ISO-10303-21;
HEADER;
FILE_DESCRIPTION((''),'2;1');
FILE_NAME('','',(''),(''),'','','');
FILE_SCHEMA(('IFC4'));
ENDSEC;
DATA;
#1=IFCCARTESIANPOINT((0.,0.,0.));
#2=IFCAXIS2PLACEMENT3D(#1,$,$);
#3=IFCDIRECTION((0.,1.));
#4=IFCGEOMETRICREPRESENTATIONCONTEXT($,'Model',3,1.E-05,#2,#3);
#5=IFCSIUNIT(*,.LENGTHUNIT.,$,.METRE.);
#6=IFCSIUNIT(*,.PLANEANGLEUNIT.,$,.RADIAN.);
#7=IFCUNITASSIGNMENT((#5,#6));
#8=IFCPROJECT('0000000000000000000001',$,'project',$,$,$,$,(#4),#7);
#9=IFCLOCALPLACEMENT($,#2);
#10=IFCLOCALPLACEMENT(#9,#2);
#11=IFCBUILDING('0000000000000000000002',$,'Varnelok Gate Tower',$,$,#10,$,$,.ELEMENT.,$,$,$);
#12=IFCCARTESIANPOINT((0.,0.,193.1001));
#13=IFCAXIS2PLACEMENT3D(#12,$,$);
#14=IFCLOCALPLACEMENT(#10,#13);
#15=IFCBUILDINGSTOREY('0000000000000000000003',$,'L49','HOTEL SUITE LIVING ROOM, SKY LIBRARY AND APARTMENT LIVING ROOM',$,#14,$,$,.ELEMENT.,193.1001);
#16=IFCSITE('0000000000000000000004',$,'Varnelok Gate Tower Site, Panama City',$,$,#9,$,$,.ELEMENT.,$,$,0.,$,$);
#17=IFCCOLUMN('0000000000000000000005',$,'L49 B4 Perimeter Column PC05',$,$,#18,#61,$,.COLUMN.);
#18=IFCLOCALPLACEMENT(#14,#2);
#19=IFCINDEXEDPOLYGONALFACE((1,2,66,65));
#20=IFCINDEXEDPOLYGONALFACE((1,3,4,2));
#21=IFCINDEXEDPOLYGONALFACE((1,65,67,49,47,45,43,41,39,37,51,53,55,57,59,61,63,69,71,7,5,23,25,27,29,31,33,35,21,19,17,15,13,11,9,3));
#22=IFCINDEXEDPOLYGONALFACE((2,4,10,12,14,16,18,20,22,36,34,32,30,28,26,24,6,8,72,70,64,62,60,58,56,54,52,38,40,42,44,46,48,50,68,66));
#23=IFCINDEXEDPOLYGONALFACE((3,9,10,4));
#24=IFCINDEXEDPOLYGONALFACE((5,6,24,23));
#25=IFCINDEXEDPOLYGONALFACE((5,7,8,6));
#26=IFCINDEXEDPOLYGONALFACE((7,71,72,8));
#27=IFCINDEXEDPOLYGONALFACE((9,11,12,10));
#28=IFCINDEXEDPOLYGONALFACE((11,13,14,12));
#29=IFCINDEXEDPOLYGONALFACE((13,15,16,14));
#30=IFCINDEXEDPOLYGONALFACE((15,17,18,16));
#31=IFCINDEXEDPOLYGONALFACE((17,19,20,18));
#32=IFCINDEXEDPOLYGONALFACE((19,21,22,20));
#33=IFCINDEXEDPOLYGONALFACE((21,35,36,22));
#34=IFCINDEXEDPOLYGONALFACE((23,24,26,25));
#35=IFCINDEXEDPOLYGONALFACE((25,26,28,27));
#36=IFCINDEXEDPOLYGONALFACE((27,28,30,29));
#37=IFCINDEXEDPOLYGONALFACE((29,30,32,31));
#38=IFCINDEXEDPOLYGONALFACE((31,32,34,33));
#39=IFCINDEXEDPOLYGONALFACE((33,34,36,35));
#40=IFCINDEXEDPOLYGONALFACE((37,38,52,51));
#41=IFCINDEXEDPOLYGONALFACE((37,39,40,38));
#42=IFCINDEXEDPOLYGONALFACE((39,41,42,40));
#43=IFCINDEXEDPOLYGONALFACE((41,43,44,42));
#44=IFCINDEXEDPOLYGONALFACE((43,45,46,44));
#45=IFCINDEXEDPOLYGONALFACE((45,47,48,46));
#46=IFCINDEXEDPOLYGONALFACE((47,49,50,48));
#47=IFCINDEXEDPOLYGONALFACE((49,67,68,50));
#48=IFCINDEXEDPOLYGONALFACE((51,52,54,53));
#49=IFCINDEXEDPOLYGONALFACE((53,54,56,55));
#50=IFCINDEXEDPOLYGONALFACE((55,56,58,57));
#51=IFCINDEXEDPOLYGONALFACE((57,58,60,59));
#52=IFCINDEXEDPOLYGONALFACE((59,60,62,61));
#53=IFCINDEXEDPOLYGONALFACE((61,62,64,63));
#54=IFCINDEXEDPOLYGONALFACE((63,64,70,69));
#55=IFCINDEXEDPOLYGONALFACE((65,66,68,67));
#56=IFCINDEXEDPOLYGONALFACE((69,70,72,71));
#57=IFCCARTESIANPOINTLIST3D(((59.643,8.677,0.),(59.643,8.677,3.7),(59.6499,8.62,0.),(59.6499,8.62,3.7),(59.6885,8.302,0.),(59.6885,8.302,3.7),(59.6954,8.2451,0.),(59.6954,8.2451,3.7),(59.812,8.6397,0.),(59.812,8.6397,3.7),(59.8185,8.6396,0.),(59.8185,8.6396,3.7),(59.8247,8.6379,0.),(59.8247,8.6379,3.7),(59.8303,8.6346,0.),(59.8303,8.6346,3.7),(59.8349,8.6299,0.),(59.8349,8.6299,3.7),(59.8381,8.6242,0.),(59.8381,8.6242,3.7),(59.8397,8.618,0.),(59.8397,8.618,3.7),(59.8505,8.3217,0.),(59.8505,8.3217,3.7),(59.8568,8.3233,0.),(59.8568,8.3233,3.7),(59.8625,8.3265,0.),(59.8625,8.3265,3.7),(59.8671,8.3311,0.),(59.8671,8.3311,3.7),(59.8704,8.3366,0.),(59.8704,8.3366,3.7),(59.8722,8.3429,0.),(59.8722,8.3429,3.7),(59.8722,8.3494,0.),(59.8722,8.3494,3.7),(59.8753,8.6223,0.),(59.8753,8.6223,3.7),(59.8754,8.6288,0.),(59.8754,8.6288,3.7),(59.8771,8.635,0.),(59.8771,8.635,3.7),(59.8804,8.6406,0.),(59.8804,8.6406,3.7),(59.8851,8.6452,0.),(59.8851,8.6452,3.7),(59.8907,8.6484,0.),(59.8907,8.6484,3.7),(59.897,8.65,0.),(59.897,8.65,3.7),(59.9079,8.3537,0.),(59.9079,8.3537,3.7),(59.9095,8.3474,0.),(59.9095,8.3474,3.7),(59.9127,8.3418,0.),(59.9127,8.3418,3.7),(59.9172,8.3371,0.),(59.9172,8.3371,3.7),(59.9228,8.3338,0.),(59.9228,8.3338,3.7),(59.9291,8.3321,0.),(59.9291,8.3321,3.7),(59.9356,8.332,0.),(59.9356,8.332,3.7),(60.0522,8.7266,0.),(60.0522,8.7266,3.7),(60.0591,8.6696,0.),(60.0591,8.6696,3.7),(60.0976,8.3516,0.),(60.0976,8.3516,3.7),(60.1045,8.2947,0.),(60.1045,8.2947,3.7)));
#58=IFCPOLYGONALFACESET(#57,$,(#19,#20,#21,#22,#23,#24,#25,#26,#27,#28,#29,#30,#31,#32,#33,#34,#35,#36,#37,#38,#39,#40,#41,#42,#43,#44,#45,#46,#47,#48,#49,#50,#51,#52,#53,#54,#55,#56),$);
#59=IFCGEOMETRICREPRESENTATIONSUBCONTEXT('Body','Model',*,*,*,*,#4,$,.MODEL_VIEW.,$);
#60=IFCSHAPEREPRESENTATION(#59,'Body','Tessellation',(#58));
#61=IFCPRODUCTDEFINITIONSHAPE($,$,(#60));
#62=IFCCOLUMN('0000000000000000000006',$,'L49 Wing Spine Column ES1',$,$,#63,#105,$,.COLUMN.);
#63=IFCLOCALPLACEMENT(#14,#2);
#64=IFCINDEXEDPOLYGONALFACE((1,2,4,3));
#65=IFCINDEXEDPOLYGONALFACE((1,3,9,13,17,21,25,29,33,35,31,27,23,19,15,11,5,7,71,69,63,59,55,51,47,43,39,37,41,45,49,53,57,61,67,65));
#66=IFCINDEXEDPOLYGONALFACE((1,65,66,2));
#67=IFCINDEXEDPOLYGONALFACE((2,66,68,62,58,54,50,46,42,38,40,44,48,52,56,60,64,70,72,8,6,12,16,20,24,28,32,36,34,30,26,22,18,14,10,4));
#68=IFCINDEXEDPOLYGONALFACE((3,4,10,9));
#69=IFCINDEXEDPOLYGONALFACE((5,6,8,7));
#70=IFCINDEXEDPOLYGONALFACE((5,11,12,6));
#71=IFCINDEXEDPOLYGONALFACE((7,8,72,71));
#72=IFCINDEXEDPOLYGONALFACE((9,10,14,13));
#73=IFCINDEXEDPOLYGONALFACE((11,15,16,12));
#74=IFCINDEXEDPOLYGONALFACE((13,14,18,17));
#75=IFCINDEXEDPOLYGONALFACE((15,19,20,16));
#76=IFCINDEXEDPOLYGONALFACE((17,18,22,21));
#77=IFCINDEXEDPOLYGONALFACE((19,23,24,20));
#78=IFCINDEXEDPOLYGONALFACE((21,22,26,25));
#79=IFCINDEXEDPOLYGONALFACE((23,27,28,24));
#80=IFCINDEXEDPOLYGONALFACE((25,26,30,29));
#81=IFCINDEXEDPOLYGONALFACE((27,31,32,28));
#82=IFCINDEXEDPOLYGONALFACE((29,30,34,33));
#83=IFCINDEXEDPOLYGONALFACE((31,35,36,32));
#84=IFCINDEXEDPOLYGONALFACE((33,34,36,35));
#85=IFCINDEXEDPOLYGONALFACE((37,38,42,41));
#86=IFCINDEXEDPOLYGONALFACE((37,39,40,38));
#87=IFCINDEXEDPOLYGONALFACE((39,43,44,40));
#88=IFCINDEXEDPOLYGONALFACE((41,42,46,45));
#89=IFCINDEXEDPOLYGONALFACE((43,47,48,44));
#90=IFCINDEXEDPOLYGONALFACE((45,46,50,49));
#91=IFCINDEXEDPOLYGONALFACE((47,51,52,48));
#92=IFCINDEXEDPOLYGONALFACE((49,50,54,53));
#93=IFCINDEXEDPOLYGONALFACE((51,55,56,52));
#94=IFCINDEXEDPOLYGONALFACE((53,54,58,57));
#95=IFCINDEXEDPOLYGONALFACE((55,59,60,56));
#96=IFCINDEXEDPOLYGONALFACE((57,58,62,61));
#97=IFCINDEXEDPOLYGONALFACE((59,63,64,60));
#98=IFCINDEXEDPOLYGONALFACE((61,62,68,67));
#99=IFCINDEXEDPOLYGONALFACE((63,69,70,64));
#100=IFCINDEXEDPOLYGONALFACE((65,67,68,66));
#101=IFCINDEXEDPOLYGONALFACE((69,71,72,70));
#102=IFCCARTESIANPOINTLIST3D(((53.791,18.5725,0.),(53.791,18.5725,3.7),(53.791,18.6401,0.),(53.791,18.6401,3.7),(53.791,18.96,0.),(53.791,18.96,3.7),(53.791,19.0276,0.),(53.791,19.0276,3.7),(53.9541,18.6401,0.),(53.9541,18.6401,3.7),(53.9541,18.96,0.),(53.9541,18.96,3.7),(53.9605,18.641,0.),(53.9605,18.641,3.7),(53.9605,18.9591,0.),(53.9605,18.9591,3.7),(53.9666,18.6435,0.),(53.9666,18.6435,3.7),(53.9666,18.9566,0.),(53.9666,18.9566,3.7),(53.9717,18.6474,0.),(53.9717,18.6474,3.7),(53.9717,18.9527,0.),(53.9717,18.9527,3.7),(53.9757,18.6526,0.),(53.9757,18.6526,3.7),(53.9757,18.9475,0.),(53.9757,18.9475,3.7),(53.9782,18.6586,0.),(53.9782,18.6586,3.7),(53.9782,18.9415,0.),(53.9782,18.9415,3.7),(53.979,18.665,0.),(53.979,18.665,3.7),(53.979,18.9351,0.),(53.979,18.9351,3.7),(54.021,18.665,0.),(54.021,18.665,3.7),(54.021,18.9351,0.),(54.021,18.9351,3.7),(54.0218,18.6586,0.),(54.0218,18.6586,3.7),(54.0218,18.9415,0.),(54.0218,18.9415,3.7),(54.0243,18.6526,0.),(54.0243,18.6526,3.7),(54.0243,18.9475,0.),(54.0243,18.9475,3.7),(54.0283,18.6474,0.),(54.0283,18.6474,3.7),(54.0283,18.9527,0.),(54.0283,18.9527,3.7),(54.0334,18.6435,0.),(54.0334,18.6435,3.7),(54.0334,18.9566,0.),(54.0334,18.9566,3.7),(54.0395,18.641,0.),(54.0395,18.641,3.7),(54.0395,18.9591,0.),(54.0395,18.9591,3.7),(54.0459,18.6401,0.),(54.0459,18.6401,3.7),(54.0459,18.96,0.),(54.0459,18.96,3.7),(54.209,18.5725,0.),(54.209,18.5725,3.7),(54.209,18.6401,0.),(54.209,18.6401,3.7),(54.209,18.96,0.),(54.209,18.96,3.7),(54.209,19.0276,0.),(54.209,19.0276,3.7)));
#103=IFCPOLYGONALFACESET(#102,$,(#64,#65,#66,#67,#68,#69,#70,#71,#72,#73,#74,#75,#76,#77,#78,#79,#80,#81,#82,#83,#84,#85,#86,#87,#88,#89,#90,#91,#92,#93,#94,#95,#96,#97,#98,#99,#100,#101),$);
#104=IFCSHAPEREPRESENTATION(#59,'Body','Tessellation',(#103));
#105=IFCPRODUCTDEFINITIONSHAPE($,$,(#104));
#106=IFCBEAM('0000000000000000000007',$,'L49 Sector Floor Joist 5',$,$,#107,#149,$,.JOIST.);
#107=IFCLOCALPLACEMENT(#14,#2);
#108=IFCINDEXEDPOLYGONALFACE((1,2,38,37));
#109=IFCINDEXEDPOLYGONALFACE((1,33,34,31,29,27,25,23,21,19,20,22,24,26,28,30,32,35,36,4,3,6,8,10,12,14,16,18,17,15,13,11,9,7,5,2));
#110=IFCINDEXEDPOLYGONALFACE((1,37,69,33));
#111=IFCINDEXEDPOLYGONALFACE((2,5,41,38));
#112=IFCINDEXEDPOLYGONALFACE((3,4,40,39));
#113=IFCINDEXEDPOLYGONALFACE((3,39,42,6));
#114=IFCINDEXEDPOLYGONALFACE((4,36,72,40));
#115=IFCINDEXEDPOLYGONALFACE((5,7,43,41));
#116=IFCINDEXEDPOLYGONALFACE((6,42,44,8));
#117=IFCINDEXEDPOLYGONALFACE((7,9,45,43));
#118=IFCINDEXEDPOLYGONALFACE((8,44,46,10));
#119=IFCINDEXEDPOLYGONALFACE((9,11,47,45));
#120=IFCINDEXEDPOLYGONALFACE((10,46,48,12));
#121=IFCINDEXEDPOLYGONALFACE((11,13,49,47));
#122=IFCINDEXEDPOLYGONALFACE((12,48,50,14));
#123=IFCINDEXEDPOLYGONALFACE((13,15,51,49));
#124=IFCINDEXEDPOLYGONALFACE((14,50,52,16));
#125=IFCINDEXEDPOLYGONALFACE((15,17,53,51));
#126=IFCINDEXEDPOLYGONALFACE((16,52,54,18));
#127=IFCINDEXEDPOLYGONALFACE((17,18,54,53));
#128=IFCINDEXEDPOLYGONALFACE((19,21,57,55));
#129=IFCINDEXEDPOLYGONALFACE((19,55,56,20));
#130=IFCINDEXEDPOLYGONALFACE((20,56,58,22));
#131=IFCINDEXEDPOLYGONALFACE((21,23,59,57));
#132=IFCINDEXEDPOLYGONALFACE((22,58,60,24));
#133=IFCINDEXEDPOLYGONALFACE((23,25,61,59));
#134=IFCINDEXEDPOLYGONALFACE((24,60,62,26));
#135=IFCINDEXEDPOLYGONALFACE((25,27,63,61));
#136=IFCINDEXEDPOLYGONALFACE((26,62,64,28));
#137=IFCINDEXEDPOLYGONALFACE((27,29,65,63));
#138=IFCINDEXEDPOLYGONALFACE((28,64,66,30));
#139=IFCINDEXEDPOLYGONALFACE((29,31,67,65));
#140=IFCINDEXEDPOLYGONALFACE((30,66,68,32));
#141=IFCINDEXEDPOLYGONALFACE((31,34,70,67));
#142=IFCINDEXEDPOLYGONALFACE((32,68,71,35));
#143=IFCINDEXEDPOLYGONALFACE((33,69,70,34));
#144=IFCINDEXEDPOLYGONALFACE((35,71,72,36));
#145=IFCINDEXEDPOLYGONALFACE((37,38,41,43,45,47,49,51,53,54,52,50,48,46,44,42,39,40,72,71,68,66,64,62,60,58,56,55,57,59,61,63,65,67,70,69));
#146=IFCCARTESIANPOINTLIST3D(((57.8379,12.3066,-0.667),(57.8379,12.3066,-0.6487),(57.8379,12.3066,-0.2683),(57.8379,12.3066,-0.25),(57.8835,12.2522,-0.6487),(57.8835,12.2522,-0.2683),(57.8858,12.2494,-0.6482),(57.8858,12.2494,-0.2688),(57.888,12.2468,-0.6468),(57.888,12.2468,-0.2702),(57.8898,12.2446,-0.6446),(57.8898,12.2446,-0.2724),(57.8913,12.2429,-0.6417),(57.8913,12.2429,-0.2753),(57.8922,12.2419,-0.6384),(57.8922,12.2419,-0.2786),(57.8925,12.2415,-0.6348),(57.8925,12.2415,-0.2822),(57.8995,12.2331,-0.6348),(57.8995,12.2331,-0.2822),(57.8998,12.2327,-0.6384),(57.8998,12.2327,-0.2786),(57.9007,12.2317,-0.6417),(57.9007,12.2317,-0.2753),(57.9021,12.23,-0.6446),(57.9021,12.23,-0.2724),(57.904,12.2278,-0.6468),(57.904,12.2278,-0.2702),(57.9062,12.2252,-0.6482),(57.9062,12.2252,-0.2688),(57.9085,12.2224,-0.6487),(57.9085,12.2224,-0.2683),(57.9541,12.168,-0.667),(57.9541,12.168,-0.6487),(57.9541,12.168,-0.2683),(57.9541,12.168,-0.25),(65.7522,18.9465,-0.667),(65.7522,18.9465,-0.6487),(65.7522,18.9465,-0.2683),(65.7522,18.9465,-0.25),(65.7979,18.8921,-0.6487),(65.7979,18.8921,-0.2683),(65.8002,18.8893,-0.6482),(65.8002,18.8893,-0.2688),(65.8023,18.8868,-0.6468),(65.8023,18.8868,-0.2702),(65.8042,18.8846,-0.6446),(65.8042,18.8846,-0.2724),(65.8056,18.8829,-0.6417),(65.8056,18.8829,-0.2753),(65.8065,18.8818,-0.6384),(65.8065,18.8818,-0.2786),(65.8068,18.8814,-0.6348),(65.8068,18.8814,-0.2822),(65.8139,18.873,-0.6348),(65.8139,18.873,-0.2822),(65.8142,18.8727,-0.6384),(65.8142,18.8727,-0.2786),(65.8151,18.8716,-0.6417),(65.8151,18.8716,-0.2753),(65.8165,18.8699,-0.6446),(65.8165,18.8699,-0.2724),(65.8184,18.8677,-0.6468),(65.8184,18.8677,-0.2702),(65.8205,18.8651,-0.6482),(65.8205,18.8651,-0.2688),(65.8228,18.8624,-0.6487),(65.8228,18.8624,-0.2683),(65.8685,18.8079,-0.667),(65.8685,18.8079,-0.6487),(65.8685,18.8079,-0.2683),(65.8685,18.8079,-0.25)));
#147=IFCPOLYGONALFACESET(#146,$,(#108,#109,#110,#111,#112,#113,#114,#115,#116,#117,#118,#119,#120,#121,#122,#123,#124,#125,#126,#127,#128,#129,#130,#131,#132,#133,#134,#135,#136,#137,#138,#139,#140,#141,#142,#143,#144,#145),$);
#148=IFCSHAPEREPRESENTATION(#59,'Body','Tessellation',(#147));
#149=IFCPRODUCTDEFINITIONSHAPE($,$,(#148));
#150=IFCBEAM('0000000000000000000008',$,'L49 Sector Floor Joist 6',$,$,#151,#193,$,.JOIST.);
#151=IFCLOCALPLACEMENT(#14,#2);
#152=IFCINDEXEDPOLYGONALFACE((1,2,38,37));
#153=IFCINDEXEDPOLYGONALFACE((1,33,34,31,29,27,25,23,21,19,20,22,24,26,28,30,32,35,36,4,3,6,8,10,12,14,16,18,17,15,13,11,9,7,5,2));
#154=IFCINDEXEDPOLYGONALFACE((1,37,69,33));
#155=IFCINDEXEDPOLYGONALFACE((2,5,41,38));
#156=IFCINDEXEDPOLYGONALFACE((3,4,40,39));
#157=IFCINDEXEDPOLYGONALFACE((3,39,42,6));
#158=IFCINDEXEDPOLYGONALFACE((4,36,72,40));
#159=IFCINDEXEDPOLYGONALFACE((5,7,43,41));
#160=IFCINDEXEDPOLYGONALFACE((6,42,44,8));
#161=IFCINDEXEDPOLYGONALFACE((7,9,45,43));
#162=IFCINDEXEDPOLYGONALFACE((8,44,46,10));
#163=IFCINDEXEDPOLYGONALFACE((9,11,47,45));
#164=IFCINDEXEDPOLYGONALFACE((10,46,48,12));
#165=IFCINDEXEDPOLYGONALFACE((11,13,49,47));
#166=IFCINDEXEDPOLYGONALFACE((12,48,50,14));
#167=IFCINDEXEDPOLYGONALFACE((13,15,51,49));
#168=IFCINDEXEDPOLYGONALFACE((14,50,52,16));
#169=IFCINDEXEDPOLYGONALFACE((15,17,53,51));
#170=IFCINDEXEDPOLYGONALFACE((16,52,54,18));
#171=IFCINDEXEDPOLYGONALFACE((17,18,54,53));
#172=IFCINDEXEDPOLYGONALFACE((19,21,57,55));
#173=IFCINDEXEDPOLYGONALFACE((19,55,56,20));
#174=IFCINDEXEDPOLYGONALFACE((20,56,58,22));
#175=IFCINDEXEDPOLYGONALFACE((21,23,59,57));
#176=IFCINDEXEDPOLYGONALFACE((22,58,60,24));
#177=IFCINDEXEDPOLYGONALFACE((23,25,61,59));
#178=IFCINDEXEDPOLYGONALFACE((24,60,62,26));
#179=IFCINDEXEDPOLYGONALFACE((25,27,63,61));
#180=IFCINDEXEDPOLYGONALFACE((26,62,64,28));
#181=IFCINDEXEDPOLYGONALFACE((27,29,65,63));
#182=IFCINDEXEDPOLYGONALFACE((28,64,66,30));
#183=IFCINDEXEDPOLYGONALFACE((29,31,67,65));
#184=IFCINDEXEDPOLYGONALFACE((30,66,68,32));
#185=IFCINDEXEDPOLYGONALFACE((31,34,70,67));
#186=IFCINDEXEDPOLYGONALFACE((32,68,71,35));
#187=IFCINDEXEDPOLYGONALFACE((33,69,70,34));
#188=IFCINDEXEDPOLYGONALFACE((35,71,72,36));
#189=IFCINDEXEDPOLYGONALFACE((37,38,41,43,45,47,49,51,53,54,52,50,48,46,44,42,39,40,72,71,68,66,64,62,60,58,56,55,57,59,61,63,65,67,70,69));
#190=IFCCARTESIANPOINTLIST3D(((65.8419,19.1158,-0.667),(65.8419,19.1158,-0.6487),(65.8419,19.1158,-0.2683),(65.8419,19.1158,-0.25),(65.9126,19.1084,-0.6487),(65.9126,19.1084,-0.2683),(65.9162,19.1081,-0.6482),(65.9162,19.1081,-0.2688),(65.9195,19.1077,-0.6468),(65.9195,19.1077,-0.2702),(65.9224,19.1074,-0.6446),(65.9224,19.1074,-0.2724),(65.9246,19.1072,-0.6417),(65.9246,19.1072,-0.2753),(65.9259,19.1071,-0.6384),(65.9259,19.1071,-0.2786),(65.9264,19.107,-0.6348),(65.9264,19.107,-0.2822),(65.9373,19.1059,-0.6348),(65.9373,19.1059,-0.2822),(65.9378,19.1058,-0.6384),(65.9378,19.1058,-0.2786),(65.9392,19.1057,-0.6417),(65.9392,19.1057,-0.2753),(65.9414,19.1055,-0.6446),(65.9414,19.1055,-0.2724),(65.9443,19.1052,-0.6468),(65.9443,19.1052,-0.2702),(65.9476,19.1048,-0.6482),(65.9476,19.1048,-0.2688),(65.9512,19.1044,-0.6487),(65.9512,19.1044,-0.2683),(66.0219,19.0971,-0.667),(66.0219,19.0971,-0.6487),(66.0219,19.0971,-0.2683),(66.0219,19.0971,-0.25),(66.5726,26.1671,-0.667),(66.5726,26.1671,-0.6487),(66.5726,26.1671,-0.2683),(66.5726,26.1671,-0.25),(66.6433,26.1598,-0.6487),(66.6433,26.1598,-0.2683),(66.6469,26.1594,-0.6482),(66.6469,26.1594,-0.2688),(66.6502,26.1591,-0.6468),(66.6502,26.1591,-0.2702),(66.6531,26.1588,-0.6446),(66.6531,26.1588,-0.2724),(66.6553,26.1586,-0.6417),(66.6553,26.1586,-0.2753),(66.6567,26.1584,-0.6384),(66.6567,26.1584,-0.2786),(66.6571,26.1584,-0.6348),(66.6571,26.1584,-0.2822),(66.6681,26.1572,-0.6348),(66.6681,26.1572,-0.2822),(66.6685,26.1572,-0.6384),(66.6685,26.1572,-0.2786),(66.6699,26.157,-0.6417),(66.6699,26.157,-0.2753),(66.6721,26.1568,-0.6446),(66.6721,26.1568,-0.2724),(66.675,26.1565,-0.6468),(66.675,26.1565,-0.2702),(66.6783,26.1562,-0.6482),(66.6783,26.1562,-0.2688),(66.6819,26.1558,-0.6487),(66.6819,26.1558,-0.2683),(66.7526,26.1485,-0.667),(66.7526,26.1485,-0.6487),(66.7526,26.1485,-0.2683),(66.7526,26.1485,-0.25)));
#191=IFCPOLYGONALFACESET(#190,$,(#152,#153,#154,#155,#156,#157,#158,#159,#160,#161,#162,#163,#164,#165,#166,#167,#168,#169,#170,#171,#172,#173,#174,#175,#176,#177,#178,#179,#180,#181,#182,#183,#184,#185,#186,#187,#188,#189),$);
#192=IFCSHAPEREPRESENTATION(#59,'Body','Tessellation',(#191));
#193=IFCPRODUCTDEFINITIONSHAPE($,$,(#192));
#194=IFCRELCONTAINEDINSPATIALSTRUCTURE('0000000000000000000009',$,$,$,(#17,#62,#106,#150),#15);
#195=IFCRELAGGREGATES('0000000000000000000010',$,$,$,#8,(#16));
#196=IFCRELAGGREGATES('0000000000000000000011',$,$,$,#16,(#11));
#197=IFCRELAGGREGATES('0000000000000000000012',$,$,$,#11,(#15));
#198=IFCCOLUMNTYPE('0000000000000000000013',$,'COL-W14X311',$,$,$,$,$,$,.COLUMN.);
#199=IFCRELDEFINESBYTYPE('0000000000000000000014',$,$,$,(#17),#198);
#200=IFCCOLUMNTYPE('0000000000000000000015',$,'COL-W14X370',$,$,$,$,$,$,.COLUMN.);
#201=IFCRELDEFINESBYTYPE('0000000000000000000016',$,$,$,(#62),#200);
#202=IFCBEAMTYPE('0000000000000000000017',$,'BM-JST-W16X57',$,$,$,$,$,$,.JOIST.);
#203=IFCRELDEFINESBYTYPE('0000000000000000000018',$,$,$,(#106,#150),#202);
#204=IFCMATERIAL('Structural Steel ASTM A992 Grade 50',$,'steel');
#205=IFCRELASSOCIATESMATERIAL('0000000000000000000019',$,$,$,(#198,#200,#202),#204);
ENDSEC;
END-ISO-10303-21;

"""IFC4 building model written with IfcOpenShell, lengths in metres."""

from ifc_helpers import new_model, si_unit, direction, frame, origin, origin_2d, place, context, subcontext, project, spatial, i_section, extrude, material, material_profile, profile_set, type_object, element, save


model = new_model("IFC4")

# Units and contexts
model_context = context("Model", 3, precision=1e-05, world=origin(), true_north=direction((0.0, 1.0)))
body_context = subcontext(model_context, "Body", "Model", "MODEL_VIEW")
ifc_project = project(units=[si_unit("LENGTHUNIT", "METRE"), si_unit("PLANEANGLEUNIT", "RADIAN")], contexts=[model_context])

# Site, building, storey
site_placement = place(None, origin())
site = spatial("IfcSite", under=ifc_project, at=site_placement, Name="Varnelok Gate Tower Site, Panama City", CompositionType="ELEMENT", RefElevation=0.0)
building_placement = place(site_placement, origin())
building = spatial("IfcBuilding", under=site, at=building_placement, Name="Varnelok Gate Tower", CompositionType="ELEMENT")
storey_placement = place(building_placement, frame((0.0, 0.0, 193.1001)))
storey = spatial("IfcBuildingStorey", under=building, at=storey_placement, Name="L49", Description="HOTEL SUITE LIVING ROOM, SKY LIBRARY AND APARTMENT LIVING ROOM", CompositionType="ELEMENT", Elevation=193.1001)

# Columns
ifc_material_1 = material(Name="Structural Steel ASTM A992 Grade 50", Category="steel")
ifc_material_profile_1 = material_profile(ifc_material_1, i_section(OverallWidth=0.4121, OverallDepth=0.4351, WebThickness=0.0359, FlangeThickness=0.0574, FilletRadius=0.0249, at=origin_2d()), Name="W14X311")
ifc_profile_set_1 = profile_set([ifc_material_profile_1], Name="Structural Steel ASTM A992 Grade 50")
column_type_1 = type_object("IfcColumnType", Name="COL-W14X311", PredefinedType="COLUMN", material=ifc_profile_set_1)
column_1_placement = place(storey_placement, frame((59.8738, 8.4858, 0.0), z_axis=(0.0, 0.0, 1.0), x_axis=(0.992732, 0.120345, 0.0)))
element("IfcColumn", 1, at=column_1_placement, inside=storey, type_object=column_type_1, Name="L49 B4 Perimeter Column PC05", PredefinedType="COLUMN", context=body_context, shape_type="SweptSolid", body=[
    extrude(i_section(OverallWidth=0.4121, OverallDepth=0.4351, WebThickness=0.0359, FlangeThickness=0.0574, FilletRadius=0.0249, at=origin_2d()), origin(), (0.0, 0.0, 1.0), 3.7),
])
ifc_material_profile_2 = material_profile(ifc_material_1, i_section(OverallWidth=0.418, OverallDepth=0.4551, WebThickness=0.042, FlangeThickness=0.0676, FilletRadius=0.0249, at=origin_2d()), Name="W14X370")
ifc_profile_set_2 = profile_set([ifc_material_profile_2], Name="Structural Steel ASTM A992 Grade 50")
column_type_2 = type_object("IfcColumnType", Name="COL-W14X370", PredefinedType="COLUMN", material=ifc_profile_set_2)
column_2_placement = place(storey_placement, frame((54.0, 18.8, 0.0), z_axis=(0.0, 0.0, 1.0), x_axis=(1.0, 0.0, 0.0)))
element("IfcColumn", 2, at=column_2_placement, inside=storey, type_object=column_type_2, Name="L49 Wing Spine Column ES1", PredefinedType="COLUMN", context=body_context, shape_type="SweptSolid", body=[
    extrude(i_section(OverallWidth=0.418, OverallDepth=0.4551, WebThickness=0.042, FlangeThickness=0.0676, FilletRadius=0.0249, at=origin_2d()), origin(), (0.0, 0.0, 1.0), 3.7),
])

# Beams
ifc_material_profile_3 = material_profile(ifc_material_1, i_section(OverallWidth=0.1809, OverallDepth=0.417, WebThickness=0.011, FlangeThickness=0.0183, FilletRadius=0.0139, at=origin_2d()), Name="W16X57")
ifc_profile_set_3 = profile_set([ifc_material_profile_3], Name="Structural Steel ASTM A992 Grade 50")
beam_type_1 = type_object("IfcBeamType", Name="BM-JST-W16X57", PredefinedType="JOIST", material=ifc_profile_set_3)
beam_1_placement = place(storey_placement, frame((57.896, 12.2373, -0.4585), z_axis=(0.766092, 0.642731, 0.0), x_axis=(-0.642731, 0.766092, 0.0)))
element("IfcBeam", 3, at=beam_1_placement, inside=storey, type_object=beam_type_1, Name="L49 Sector Floor Joist 5", PredefinedType="JOIST", context=body_context, shape_type="SweptSolid", body=[
    extrude(i_section(OverallWidth=0.1809, OverallDepth=0.417, WebThickness=0.011, FlangeThickness=0.0183, FilletRadius=0.0139, at=origin_2d()), origin(), (0.0, 0.0, 1.0), 10.3308),
])
beam_2_placement = place(storey_placement, frame((65.9319, 19.1064, -0.4585), z_axis=(0.103077, 0.994673, 0.0), x_axis=(-0.994673, 0.103077, 0.0)))
element("IfcBeam", 4, at=beam_2_placement, inside=storey, type_object=beam_type_1, Name="L49 Sector Floor Joist 6", PredefinedType="JOIST", context=body_context, shape_type="SweptSolid", body=[
    extrude(i_section(OverallWidth=0.1809, OverallDepth=0.417, WebThickness=0.011, FlangeThickness=0.0183, FilletRadius=0.0139, at=origin_2d()), origin(), (0.0, 0.0, 1.0), 7.0891),
])

save(model, "model.ifc")
